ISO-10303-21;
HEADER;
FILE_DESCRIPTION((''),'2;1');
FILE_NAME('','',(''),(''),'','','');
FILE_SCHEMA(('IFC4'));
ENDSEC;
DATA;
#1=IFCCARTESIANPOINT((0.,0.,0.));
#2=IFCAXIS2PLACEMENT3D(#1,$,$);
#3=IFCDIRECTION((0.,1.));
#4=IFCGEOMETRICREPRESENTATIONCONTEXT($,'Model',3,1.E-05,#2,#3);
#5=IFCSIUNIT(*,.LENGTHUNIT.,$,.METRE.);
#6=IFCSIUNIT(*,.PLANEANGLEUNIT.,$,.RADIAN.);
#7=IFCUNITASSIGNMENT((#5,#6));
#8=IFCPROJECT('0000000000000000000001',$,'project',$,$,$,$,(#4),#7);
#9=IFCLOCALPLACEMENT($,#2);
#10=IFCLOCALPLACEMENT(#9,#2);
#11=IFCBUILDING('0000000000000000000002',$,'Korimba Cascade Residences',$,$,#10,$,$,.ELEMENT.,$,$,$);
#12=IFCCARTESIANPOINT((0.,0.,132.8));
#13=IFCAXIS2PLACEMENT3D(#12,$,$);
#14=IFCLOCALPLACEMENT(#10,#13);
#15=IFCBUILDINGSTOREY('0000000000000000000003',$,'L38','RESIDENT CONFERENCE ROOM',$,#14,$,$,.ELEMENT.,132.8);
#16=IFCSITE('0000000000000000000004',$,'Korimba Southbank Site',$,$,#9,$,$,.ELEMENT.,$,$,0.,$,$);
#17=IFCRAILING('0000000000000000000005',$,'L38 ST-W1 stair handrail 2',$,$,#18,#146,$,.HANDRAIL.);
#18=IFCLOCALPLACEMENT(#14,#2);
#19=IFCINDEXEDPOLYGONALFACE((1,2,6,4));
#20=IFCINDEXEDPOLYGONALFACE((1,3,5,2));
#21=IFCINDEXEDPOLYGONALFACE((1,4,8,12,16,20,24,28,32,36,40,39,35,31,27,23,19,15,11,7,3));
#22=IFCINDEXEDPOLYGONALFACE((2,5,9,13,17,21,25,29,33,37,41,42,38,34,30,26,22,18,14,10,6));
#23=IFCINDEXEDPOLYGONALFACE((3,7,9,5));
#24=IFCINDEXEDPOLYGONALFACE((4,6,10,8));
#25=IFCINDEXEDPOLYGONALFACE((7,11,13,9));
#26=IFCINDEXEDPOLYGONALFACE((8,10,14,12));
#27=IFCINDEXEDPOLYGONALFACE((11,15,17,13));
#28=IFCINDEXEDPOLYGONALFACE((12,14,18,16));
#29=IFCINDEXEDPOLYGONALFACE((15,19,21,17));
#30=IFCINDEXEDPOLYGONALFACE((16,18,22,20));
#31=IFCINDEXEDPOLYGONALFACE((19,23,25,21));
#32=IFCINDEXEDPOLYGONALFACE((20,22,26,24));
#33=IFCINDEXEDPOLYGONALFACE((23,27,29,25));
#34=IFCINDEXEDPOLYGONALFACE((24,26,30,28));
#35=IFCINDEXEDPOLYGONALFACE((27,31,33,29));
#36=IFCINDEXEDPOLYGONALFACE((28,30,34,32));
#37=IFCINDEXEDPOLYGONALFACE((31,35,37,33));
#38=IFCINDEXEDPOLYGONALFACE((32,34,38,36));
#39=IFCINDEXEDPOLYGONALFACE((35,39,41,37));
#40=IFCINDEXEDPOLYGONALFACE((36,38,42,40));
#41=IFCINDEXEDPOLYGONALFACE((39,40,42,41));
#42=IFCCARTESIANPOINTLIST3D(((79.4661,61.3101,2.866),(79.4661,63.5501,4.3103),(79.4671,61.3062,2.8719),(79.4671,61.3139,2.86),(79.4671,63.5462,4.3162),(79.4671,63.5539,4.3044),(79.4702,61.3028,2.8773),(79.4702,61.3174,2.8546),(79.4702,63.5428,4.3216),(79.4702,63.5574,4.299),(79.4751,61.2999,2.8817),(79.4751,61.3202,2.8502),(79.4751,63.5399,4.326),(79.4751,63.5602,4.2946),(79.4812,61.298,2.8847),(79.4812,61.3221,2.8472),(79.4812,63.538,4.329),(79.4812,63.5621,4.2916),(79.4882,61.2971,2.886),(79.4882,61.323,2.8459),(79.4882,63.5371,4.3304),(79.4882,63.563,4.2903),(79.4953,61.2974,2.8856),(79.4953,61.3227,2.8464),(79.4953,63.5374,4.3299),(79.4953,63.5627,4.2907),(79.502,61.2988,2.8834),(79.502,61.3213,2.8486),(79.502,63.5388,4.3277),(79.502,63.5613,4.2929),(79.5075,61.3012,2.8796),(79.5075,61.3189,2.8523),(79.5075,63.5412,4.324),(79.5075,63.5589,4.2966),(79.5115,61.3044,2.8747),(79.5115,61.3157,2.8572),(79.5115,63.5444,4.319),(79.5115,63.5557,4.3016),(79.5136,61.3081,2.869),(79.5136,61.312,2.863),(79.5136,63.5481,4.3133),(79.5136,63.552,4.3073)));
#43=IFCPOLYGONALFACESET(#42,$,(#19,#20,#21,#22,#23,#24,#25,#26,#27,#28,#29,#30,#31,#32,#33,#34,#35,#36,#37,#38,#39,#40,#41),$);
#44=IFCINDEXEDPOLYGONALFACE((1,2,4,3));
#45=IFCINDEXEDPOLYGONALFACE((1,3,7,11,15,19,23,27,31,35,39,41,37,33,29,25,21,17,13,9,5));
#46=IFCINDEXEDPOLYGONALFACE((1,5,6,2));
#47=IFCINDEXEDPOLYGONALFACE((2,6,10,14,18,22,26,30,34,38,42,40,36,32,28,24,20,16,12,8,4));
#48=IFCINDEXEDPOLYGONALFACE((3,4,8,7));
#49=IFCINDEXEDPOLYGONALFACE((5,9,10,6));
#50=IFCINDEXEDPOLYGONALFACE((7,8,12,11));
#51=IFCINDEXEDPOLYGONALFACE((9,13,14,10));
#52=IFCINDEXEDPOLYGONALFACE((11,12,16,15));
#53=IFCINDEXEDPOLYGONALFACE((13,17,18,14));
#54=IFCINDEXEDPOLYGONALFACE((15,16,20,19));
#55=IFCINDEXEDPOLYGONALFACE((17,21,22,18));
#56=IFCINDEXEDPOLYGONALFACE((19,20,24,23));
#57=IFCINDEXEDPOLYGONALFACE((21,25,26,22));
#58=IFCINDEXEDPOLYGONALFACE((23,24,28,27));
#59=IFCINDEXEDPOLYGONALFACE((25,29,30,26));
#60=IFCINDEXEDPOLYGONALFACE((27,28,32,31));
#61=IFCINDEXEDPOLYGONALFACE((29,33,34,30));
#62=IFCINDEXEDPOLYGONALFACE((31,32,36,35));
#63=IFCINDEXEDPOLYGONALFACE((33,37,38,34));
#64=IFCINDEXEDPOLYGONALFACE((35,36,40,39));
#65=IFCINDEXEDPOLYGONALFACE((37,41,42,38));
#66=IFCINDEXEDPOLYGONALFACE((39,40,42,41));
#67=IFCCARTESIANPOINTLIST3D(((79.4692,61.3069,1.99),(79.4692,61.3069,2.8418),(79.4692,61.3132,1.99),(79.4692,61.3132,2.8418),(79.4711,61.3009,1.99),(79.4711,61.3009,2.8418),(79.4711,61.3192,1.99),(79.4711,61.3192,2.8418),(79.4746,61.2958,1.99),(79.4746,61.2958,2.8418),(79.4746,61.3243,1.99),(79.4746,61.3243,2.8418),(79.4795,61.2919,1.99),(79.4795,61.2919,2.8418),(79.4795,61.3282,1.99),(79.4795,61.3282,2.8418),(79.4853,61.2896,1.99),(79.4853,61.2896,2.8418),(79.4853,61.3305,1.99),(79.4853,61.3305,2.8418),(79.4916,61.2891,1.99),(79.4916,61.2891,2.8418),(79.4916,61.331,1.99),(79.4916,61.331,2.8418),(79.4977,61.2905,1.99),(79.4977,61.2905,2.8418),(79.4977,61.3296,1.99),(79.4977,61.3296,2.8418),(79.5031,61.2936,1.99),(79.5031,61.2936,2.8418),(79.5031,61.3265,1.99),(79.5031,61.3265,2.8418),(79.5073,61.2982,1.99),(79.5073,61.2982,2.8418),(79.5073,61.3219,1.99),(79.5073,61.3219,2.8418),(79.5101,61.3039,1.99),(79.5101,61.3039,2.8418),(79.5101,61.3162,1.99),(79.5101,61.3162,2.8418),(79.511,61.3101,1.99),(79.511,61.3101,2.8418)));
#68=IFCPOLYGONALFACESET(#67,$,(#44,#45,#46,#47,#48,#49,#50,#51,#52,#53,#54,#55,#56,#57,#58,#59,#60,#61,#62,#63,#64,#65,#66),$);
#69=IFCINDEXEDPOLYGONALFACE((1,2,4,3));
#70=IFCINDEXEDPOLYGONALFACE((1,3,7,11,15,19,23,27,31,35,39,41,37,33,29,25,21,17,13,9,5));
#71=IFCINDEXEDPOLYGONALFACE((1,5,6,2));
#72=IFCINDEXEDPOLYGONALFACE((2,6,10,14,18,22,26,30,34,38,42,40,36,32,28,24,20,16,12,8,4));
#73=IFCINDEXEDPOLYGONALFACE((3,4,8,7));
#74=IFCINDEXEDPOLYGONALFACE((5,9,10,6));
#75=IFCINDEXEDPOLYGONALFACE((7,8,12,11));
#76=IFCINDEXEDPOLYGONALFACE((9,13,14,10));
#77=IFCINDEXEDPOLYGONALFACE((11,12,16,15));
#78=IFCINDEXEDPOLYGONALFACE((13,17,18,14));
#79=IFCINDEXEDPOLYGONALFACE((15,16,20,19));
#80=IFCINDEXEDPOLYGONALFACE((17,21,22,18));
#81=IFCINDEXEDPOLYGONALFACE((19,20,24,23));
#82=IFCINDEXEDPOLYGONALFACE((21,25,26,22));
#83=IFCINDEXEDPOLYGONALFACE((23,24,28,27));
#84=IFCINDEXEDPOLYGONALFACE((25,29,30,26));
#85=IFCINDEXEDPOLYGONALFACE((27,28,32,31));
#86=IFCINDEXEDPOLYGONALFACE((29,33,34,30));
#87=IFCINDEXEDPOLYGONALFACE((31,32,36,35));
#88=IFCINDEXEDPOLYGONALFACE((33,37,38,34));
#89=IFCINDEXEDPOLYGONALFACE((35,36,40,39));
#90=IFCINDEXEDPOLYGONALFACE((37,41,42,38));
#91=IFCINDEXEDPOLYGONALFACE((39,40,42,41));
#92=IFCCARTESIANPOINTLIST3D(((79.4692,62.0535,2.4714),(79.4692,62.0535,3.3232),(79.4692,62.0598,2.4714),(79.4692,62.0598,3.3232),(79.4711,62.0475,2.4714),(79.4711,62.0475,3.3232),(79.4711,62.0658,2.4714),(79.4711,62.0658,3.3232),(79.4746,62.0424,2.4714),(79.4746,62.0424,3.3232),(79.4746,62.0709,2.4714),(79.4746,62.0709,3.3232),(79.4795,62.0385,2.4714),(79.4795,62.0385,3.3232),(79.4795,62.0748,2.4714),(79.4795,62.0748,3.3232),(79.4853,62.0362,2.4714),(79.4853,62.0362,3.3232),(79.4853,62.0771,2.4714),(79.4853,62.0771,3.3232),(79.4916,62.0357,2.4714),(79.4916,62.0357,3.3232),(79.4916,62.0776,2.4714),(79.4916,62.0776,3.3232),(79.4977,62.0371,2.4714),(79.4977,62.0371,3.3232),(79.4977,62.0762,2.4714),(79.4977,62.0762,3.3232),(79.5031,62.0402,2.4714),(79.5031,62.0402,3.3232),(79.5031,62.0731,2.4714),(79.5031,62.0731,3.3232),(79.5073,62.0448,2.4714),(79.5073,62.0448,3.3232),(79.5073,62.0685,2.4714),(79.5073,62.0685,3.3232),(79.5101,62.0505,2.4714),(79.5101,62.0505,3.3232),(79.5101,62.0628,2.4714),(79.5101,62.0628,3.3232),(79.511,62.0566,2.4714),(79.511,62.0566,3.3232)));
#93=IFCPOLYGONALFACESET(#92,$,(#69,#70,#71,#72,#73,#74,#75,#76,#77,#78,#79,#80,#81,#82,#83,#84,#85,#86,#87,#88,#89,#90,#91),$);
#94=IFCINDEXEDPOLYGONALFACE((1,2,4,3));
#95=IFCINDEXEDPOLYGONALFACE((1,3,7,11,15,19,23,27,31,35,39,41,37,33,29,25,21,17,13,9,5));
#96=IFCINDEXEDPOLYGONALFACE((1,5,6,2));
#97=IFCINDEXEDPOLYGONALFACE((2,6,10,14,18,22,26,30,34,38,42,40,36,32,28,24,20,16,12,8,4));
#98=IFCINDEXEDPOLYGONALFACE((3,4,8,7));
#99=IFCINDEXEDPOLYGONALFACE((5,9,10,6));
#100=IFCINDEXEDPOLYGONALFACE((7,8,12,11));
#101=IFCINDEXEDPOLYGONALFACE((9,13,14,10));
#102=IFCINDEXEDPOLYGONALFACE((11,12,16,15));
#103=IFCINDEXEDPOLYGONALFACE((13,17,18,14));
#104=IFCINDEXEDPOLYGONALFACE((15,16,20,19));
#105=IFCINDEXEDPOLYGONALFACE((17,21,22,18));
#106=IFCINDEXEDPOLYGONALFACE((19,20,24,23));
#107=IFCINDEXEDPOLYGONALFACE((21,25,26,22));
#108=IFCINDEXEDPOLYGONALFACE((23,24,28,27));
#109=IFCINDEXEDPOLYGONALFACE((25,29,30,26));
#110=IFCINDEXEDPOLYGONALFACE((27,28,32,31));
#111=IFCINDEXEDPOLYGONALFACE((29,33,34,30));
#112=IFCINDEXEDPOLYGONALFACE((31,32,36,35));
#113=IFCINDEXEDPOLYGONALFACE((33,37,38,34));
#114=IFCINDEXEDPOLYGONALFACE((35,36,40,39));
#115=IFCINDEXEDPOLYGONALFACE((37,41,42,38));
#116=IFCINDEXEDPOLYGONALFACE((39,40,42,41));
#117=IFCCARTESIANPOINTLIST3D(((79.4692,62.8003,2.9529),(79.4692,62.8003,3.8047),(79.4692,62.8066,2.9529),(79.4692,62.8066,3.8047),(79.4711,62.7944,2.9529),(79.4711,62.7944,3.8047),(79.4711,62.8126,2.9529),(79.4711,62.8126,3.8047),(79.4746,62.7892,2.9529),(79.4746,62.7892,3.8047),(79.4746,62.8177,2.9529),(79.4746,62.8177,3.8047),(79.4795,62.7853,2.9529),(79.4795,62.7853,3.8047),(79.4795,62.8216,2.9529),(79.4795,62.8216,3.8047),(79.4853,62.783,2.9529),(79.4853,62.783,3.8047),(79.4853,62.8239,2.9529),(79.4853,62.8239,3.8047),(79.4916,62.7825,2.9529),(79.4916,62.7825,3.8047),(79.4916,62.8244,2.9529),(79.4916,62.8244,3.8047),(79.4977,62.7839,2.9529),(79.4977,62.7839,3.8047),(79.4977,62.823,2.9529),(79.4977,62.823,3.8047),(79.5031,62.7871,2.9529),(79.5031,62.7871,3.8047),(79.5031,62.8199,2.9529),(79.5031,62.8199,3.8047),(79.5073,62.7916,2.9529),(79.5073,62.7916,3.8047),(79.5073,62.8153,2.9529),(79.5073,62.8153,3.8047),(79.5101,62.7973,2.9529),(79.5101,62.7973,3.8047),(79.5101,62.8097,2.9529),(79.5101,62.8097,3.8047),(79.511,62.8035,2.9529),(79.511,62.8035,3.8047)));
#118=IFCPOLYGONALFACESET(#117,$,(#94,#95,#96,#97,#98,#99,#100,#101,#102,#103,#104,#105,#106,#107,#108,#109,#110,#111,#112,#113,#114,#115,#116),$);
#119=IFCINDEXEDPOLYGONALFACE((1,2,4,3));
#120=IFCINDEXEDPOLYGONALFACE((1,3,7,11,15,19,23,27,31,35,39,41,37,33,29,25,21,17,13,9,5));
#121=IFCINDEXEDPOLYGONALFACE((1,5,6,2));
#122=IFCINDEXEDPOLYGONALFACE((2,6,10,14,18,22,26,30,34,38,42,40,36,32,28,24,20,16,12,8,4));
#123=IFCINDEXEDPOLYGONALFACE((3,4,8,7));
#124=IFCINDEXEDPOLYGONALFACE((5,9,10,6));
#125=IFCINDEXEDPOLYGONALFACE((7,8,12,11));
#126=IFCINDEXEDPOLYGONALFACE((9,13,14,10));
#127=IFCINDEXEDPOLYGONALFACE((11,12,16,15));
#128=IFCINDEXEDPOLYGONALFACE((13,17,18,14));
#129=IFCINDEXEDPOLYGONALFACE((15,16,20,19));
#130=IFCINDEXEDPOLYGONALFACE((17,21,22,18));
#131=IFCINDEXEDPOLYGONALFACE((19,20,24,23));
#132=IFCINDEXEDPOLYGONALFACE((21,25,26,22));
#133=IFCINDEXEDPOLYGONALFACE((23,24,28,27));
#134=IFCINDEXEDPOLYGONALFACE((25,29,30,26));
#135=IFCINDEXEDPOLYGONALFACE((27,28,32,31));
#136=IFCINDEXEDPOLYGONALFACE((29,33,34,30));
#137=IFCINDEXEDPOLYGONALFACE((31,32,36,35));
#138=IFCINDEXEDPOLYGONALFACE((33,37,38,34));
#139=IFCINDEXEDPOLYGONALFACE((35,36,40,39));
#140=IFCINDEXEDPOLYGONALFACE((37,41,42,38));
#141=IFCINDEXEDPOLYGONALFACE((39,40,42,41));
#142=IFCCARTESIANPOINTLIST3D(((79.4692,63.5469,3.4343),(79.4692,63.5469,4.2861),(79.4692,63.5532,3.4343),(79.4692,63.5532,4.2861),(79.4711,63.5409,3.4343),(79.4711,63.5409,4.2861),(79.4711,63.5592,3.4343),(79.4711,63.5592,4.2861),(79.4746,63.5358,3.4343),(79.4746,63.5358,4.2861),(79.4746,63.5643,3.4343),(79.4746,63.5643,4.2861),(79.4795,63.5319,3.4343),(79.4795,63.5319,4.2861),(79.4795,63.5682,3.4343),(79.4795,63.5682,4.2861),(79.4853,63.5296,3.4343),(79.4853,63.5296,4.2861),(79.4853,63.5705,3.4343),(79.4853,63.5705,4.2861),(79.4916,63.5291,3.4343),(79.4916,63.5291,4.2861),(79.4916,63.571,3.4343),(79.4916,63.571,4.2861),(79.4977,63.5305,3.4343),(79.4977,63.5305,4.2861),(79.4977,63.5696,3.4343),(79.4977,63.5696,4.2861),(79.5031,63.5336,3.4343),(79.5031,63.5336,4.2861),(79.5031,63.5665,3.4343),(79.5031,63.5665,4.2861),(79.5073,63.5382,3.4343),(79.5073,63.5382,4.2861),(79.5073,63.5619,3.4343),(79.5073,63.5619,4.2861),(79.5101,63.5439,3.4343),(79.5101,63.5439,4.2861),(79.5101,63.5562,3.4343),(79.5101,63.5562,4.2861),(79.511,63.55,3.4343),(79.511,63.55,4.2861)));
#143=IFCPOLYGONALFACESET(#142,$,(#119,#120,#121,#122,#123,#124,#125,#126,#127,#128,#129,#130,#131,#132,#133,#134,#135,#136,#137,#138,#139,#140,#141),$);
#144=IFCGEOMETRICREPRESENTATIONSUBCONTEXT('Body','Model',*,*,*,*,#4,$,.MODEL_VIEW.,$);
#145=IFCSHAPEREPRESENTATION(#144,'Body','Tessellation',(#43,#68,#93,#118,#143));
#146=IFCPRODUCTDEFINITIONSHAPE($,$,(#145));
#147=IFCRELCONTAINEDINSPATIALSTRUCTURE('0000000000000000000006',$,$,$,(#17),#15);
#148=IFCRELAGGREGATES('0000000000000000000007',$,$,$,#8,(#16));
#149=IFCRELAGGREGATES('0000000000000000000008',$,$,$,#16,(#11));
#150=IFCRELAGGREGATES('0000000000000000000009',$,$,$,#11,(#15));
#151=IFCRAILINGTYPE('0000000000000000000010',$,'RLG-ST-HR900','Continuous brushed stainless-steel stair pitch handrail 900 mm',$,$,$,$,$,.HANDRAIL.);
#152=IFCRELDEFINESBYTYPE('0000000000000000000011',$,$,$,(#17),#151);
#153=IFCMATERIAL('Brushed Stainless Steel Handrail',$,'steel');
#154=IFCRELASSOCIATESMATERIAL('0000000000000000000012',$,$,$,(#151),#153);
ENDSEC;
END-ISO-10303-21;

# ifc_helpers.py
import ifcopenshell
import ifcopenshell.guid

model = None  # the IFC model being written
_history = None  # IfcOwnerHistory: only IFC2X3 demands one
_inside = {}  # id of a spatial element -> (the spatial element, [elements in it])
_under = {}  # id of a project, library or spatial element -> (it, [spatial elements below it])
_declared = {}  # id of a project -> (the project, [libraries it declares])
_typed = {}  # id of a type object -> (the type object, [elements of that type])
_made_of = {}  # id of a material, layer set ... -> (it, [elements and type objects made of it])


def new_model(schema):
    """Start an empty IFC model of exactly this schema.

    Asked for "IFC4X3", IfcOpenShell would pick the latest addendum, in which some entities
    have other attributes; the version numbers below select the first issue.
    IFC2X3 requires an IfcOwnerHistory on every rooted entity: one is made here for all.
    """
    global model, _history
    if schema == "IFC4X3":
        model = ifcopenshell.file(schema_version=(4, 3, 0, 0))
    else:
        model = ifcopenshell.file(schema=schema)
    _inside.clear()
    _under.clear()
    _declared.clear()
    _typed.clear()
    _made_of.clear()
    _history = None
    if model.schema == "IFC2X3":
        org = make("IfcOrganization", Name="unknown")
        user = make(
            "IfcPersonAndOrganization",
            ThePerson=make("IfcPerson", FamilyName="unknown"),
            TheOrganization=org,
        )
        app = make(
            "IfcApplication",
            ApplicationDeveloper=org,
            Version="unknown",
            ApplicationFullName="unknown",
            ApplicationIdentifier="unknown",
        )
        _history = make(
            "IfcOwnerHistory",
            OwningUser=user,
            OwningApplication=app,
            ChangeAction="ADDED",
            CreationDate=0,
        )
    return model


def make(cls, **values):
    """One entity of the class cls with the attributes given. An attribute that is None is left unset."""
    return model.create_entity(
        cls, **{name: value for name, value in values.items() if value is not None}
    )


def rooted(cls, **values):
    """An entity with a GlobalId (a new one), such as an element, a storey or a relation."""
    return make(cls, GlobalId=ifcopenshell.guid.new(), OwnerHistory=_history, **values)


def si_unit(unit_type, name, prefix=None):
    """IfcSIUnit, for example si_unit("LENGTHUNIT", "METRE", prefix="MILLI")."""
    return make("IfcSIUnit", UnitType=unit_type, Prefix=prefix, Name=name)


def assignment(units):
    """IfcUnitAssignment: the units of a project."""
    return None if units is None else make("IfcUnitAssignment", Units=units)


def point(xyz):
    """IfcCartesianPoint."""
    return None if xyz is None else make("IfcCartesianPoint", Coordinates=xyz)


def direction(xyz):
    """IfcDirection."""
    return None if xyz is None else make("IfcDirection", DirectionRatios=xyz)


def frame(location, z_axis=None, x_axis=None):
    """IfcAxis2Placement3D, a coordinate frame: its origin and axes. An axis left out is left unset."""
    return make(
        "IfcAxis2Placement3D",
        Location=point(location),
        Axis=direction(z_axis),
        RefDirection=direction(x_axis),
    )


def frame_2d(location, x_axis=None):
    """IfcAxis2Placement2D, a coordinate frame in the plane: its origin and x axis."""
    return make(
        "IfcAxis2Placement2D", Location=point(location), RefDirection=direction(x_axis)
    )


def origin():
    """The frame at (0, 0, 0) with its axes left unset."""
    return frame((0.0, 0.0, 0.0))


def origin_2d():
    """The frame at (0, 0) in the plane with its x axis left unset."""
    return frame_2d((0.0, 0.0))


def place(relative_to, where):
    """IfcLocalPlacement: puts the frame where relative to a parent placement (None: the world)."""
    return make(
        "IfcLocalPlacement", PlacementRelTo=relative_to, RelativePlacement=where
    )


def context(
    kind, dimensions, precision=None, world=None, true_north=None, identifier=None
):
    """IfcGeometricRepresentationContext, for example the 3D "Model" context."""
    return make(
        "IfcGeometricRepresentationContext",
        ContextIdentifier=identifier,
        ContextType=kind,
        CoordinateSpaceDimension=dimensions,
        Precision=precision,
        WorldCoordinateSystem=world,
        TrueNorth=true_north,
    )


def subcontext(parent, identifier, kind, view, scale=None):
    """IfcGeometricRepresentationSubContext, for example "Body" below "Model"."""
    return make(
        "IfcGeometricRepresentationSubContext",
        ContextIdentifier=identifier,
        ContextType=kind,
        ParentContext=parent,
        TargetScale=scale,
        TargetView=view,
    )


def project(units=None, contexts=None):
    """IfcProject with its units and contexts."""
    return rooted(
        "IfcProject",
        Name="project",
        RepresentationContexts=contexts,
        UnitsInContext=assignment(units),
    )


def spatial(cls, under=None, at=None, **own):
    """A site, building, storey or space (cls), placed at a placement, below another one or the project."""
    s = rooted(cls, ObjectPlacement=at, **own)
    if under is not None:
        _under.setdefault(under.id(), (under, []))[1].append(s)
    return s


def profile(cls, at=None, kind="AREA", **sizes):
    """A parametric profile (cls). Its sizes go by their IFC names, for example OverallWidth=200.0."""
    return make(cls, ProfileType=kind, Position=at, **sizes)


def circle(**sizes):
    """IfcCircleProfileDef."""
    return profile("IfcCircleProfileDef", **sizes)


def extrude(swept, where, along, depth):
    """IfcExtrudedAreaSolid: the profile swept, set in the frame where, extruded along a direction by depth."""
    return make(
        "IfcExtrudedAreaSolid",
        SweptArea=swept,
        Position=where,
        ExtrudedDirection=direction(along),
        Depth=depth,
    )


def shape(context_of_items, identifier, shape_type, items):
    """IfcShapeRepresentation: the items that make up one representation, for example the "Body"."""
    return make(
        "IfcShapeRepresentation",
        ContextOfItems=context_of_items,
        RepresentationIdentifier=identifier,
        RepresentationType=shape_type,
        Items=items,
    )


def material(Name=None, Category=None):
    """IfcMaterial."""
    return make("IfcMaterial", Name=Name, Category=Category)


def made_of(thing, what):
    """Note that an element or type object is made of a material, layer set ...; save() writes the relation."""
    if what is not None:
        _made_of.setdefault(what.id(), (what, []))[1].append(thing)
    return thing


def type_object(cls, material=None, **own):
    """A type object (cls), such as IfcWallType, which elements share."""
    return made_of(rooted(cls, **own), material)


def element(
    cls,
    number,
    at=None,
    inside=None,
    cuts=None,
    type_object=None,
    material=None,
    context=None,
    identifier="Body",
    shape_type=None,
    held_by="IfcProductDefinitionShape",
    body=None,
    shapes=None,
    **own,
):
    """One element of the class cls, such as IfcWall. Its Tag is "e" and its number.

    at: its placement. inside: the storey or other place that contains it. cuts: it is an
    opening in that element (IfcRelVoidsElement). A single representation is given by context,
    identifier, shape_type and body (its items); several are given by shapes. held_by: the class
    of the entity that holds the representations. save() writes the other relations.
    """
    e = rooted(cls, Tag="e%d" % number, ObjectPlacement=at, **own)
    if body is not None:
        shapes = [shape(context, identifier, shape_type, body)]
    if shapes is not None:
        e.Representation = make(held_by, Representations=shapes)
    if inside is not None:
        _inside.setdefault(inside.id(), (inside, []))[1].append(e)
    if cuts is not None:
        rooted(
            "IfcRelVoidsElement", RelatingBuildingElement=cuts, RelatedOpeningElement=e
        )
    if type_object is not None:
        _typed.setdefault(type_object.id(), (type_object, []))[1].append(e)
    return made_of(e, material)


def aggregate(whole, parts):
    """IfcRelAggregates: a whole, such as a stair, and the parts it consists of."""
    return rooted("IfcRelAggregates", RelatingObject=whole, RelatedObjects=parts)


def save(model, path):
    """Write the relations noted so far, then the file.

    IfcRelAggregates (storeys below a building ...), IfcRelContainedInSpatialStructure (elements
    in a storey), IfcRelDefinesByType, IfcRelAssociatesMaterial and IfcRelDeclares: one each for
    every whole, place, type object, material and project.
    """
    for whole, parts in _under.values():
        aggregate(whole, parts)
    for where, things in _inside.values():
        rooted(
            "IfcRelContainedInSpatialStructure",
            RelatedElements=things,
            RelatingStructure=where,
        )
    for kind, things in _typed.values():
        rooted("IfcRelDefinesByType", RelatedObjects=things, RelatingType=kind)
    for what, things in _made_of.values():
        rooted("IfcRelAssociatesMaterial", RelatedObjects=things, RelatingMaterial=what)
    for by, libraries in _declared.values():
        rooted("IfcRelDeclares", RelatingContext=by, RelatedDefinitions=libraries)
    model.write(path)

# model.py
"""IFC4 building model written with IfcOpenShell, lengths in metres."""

from ifc_helpers import new_model, si_unit, direction, frame, origin, origin_2d, place, context, subcontext, project, spatial, circle, extrude, material, type_object, element, save


model = new_model("IFC4")

# Units and contexts
model_context = context("Model", 3, precision=1e-05, world=origin(), true_north=direction((0.0, 1.0)))
body_context = subcontext(model_context, "Body", "Model", "MODEL_VIEW")
ifc_project = project(units=[si_unit("LENGTHUNIT", "METRE"), si_unit("PLANEANGLEUNIT", "RADIAN")], contexts=[model_context])

# Site, building, storey
site_placement = place(None, origin())
site = spatial("IfcSite", under=ifc_project, at=site_placement, Name="Korimba Southbank Site", CompositionType="ELEMENT", RefElevation=0.0)
building_placement = place(site_placement, origin())
building = spatial("IfcBuilding", under=site, at=building_placement, Name="Korimba Cascade Residences", CompositionType="ELEMENT")
storey_placement = place(building_placement, frame((0.0, 0.0, 132.8)))
storey = spatial("IfcBuildingStorey", under=building, at=storey_placement, Name="L38", Description="RESIDENT CONFERENCE ROOM", CompositionType="ELEMENT", Elevation=132.8)

# Railing
ifc_material_1 = material(Name="Brushed Stainless Steel Handrail", Category="steel")
railing_type = type_object("IfcRailingType", Name="RLG-ST-HR900", Description="Continuous brushed stainless-steel stair pitch handrail 900 mm", PredefinedType="HANDRAIL", material=ifc_material_1)
railing_placement = place(storey_placement, frame((79.49, 61.3101, 1.99)))
element("IfcRailing", 1, at=railing_placement, inside=storey, type_object=railing_type, Name="L38 ST-W1 stair handrail 2", PredefinedType="HANDRAIL", context=body_context, shape_type="SweptSolid", body=[
    extrude(circle(Radius=0.0239, at=origin_2d()), frame((0.0, 0.0, 0.876), z_axis=(0.0, 0.840437, 0.54191), x_axis=(-1.0, 0.0, 0.0)), (0.0, 0.0, 1.0), 2.6653),
    extrude(circle(Radius=0.021, at=origin_2d()), origin(), (0.0, 0.0, 1.0), 0.8518),
    extrude(circle(Radius=0.021, at=origin_2d()), frame((0.0, 0.7466, 0.4814)), (0.0, 0.0, 1.0), 0.8518),
    extrude(circle(Radius=0.021, at=origin_2d()), frame((0.0, 1.4934, 0.9629)), (0.0, 0.0, 1.0), 0.8518),
    extrude(circle(Radius=0.021, at=origin_2d()), frame((0.0, 2.24, 1.4443)), (0.0, 0.0, 1.0), 0.8518),
])

save(model, "model.ifc")
